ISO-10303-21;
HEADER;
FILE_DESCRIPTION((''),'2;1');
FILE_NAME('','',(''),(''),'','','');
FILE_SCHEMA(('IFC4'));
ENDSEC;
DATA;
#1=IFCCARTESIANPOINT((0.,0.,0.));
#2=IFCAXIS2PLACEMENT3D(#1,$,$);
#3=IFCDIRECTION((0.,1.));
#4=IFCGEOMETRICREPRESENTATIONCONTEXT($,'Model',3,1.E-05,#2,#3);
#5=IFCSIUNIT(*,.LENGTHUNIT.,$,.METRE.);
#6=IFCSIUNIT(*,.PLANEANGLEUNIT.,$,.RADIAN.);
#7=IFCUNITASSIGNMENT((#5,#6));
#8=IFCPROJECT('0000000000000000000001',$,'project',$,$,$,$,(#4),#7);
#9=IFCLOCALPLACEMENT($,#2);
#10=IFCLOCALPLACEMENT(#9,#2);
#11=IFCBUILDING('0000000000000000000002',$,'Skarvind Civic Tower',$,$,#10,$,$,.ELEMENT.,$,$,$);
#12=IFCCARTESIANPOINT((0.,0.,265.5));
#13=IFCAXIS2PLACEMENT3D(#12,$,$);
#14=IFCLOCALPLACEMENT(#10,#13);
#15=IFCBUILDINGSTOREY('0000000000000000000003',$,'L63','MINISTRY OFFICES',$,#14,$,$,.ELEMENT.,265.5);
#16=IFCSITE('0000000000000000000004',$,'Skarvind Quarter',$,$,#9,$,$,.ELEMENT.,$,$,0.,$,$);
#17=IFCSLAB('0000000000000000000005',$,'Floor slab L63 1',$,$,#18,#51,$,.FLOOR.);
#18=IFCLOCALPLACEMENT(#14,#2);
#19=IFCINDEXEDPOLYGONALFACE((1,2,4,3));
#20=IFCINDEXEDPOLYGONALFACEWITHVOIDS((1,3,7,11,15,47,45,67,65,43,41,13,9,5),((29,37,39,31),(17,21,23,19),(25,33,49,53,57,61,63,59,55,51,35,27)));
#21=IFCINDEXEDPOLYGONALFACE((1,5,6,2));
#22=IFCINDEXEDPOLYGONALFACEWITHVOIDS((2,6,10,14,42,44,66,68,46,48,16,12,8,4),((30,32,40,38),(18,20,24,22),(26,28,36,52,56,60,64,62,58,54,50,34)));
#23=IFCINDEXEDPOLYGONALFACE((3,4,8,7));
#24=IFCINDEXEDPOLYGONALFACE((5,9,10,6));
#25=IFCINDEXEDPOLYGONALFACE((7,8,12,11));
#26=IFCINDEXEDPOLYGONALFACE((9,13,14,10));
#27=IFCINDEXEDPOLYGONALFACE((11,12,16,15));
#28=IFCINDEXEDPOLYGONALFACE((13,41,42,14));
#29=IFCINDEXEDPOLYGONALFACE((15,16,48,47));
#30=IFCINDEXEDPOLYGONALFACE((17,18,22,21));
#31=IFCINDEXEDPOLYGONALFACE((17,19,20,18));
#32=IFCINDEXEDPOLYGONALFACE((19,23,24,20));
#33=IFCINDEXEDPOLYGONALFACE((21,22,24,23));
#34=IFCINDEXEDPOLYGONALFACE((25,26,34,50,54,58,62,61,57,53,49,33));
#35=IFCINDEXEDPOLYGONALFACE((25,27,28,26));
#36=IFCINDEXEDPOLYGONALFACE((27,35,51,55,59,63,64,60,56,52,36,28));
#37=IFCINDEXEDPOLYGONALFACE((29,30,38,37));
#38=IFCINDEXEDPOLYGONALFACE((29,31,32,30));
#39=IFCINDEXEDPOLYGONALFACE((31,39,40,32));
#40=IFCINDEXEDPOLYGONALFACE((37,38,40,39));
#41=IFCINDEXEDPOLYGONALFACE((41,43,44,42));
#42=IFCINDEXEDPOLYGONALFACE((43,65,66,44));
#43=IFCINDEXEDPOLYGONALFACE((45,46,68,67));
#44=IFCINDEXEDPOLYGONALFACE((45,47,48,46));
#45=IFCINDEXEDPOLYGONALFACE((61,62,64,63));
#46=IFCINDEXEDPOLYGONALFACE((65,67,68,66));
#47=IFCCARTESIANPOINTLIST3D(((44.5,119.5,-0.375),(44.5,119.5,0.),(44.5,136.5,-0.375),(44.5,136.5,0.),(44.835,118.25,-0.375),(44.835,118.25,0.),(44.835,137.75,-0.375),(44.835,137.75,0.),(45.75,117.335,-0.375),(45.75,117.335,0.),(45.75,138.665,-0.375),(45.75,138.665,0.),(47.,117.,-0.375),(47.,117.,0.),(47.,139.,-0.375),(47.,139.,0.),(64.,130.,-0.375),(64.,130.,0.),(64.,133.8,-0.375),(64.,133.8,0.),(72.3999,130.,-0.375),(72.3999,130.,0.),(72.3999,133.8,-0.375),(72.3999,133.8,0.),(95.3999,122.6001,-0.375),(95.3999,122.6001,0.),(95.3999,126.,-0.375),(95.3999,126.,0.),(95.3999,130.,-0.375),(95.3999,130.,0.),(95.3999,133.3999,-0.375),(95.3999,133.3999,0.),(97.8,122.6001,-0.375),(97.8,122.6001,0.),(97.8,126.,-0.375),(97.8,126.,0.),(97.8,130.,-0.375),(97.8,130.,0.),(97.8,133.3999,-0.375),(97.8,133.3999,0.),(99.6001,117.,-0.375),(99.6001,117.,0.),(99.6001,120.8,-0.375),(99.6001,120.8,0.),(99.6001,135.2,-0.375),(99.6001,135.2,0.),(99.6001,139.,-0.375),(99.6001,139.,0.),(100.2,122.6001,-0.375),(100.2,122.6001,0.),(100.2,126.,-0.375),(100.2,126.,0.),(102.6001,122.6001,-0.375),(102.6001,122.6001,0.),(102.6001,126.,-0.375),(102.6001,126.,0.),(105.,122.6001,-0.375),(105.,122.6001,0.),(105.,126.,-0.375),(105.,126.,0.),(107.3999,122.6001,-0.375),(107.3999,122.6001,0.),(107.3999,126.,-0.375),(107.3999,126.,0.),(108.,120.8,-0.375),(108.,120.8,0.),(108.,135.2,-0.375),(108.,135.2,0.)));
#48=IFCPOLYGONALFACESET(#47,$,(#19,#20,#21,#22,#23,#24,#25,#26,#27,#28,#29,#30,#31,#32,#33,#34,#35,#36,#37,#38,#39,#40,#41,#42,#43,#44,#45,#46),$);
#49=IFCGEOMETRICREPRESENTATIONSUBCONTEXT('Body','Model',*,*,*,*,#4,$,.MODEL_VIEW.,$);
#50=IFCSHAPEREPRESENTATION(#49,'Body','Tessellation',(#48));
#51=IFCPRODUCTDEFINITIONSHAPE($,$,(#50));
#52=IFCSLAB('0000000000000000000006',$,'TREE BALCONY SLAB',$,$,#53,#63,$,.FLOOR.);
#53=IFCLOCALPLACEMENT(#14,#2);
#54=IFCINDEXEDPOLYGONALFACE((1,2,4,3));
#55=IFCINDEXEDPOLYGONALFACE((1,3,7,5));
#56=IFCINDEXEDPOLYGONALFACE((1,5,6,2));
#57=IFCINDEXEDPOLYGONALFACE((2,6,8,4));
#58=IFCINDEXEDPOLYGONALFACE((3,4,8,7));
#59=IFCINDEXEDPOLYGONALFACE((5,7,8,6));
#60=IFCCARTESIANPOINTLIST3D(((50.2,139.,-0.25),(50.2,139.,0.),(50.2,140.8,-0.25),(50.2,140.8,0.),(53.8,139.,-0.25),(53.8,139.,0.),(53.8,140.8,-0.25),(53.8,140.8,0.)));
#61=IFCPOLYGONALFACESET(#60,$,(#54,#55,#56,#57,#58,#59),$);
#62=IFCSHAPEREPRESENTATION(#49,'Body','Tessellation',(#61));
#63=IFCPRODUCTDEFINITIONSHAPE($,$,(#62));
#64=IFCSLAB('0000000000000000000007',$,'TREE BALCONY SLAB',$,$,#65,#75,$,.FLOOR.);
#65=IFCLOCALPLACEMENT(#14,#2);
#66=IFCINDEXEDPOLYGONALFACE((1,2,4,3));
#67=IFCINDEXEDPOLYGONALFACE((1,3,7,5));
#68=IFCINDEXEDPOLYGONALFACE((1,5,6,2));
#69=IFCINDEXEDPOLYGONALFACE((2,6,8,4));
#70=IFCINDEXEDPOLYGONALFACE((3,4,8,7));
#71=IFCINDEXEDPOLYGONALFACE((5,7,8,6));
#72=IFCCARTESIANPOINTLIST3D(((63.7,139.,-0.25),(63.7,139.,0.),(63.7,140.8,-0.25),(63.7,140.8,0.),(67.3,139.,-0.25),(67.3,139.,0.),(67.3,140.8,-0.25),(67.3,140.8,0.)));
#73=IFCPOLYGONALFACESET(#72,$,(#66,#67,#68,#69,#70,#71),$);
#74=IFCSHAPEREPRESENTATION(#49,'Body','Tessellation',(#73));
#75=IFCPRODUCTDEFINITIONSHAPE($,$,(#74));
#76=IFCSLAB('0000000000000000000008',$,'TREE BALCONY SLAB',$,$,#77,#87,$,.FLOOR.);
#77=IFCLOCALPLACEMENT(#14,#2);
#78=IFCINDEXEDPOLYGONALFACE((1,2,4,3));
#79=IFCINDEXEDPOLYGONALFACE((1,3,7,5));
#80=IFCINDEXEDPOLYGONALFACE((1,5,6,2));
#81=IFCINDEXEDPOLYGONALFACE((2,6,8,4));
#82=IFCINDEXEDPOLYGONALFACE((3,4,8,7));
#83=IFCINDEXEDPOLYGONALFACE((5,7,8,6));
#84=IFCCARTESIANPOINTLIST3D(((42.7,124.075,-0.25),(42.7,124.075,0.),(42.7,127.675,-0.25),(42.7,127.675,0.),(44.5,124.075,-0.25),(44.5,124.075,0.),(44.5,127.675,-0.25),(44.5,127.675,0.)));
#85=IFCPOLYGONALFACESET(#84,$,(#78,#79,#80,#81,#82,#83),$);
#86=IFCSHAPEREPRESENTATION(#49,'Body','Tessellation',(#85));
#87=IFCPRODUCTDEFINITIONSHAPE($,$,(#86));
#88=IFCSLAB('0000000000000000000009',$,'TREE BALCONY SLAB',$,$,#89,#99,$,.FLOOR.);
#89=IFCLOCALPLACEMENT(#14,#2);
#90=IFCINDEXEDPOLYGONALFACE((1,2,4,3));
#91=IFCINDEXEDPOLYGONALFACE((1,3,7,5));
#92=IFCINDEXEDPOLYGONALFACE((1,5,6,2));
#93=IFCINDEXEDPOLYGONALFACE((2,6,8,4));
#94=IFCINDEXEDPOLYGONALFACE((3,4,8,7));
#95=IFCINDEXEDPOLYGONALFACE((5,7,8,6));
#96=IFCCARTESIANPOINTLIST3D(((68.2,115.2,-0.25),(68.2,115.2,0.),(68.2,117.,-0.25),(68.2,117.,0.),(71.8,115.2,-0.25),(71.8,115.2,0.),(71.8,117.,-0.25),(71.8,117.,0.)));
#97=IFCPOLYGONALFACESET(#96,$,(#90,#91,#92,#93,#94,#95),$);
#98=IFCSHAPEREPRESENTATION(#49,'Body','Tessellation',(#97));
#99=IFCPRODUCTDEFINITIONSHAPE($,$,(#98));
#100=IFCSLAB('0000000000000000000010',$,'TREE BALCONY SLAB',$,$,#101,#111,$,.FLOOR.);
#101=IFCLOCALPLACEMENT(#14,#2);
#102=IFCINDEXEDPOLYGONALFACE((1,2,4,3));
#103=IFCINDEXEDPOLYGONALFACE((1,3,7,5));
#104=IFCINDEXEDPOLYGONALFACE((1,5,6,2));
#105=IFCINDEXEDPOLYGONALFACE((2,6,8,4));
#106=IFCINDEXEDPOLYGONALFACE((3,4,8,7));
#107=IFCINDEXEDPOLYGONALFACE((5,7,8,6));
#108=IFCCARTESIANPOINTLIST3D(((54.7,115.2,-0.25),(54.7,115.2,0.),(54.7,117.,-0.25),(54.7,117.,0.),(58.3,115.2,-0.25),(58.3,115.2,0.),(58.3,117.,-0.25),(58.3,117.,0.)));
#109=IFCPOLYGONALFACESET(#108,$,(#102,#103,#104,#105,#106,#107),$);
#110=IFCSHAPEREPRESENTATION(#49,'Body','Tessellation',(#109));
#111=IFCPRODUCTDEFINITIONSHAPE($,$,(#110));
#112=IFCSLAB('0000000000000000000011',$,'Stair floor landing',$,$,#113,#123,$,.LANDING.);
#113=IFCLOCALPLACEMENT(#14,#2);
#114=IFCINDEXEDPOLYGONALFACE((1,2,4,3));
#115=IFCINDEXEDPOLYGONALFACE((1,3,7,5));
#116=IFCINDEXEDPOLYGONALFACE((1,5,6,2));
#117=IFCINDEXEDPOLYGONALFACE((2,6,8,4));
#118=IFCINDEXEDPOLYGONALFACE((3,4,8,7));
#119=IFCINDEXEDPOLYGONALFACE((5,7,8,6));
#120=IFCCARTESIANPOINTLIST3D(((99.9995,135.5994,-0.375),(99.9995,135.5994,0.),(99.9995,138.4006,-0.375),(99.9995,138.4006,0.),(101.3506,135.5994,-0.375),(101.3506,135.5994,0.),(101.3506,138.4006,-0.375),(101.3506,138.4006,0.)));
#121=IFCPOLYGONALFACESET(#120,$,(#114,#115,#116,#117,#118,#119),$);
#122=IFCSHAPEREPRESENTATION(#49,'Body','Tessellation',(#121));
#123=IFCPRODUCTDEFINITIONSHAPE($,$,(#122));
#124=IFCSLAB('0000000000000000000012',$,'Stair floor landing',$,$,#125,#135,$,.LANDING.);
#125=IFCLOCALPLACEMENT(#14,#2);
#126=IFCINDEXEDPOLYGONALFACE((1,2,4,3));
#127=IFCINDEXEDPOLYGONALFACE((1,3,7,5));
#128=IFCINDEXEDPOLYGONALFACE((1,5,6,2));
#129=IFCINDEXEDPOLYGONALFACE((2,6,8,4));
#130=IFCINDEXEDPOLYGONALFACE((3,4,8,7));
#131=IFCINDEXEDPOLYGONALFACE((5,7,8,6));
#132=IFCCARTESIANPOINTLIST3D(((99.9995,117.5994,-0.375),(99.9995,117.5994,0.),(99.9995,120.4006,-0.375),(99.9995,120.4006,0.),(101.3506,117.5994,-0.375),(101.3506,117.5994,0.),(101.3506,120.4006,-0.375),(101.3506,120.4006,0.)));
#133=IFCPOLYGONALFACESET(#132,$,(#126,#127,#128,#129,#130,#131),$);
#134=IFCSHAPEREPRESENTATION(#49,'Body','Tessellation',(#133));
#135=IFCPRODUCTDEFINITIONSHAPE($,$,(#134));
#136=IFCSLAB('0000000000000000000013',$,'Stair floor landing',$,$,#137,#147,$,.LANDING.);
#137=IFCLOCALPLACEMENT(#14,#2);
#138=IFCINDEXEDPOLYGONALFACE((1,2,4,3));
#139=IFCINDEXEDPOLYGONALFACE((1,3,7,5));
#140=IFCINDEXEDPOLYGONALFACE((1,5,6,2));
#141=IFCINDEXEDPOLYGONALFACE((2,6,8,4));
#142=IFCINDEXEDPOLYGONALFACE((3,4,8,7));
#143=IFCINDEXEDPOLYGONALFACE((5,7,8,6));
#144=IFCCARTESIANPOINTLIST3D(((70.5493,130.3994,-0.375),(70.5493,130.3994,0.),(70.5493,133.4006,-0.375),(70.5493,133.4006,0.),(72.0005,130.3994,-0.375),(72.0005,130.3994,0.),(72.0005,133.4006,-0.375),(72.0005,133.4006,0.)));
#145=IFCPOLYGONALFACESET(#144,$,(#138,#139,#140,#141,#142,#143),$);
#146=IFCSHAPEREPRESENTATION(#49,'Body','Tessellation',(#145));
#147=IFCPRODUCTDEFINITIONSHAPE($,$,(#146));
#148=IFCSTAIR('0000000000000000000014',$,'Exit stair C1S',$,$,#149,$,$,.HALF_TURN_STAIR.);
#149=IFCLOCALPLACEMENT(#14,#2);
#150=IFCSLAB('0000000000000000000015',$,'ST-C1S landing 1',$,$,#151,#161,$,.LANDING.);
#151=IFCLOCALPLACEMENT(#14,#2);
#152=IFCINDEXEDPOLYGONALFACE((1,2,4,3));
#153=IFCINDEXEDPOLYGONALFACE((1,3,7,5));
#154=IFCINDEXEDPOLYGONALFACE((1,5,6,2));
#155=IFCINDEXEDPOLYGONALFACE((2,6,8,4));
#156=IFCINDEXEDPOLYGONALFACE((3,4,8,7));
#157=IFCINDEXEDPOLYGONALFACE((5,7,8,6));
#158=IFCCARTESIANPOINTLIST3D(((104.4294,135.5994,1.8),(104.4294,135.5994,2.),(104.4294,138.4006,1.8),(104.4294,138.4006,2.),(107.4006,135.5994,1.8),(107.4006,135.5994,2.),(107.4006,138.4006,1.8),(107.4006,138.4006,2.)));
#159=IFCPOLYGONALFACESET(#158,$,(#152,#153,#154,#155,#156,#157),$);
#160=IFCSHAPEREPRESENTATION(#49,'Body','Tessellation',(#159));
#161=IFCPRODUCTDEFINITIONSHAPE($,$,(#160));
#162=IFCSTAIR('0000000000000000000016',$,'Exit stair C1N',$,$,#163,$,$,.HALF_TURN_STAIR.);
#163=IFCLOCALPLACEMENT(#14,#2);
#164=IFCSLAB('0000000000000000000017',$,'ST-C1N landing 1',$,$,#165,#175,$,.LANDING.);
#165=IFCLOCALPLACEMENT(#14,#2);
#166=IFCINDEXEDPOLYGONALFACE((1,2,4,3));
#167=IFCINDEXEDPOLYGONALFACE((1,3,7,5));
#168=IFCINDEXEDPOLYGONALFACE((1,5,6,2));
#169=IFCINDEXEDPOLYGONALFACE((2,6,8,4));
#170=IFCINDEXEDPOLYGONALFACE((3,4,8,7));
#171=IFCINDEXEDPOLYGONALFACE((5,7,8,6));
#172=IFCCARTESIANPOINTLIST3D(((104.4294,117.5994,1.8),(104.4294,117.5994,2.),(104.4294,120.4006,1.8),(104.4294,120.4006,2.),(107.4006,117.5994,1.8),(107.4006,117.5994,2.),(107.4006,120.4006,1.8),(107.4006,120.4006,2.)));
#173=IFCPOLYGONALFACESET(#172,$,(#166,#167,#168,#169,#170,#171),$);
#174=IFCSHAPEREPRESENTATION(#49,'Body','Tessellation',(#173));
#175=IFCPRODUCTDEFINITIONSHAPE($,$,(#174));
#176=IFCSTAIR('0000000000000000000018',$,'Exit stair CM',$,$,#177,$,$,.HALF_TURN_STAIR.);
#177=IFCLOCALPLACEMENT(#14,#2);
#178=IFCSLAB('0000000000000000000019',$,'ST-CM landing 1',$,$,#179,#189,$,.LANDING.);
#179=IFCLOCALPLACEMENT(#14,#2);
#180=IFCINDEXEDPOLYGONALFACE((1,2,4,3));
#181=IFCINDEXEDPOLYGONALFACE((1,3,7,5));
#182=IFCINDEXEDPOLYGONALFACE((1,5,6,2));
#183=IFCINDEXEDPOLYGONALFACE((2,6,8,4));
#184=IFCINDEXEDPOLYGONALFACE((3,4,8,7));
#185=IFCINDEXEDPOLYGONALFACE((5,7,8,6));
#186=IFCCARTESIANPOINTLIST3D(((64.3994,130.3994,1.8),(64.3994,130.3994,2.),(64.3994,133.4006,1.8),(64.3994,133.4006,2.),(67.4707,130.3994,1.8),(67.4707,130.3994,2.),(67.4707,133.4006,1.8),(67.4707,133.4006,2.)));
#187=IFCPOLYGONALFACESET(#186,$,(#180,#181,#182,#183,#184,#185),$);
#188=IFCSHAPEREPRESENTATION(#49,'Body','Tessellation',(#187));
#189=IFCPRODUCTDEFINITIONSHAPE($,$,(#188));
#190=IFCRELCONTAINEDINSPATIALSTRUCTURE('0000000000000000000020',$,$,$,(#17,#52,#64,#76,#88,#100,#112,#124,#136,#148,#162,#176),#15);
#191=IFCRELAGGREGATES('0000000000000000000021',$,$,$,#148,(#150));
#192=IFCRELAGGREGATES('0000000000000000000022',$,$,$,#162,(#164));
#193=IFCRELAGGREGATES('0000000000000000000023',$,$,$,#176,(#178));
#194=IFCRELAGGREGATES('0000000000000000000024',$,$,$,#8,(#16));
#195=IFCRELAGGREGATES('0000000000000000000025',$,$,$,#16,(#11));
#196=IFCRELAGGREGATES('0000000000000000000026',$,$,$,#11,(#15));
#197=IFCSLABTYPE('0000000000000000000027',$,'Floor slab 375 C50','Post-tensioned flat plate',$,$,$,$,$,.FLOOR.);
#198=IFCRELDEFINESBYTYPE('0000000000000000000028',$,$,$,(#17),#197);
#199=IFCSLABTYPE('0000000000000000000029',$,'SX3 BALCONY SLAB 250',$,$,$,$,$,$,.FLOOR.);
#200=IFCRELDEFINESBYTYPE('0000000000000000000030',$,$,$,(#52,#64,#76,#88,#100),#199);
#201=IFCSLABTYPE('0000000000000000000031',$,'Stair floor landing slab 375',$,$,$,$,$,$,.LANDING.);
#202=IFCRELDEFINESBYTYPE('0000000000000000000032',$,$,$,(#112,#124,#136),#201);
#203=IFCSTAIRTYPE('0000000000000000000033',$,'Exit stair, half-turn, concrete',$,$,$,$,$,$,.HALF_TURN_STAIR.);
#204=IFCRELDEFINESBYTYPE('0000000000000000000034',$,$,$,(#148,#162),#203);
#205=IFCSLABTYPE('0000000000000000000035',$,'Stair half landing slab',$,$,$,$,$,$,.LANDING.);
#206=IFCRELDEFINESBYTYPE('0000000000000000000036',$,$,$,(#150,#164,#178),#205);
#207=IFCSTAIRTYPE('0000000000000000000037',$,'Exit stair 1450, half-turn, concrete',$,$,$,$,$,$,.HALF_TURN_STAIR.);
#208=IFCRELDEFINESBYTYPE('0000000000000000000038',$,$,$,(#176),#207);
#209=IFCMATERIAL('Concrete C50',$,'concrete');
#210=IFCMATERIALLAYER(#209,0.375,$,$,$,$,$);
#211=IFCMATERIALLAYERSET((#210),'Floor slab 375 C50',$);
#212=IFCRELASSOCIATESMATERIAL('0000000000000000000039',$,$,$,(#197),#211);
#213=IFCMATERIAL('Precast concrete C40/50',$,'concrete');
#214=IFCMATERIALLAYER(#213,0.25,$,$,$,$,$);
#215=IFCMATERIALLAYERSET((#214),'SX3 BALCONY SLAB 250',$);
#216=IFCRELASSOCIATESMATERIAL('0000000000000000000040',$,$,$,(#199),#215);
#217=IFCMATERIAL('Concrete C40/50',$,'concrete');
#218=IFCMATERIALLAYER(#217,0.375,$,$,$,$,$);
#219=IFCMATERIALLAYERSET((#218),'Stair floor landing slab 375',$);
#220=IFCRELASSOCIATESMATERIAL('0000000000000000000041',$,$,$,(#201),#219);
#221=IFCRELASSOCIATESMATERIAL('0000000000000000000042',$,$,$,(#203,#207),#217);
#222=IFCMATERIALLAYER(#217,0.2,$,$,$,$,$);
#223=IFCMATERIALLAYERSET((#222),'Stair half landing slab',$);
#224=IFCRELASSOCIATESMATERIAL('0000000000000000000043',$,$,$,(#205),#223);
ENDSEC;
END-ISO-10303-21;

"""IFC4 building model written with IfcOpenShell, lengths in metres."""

from ifc_helpers import new_model, si_unit, direction, frame, origin, place, context, subcontext, project, spatial, polyline, outline, extrude, material, layer, layer_set, type_object, element, aggregate, save


model = new_model("IFC4")

# Units and contexts
model_context = context("Model", 3, precision=1e-05, world=origin(), true_north=direction((0.0, 1.0)))
body_context = subcontext(model_context, "Body", "Model", "MODEL_VIEW")
ifc_project = project(units=[si_unit("LENGTHUNIT", "METRE"), si_unit("PLANEANGLEUNIT", "RADIAN")], contexts=[model_context])

# Site, building, storey
site_placement = place(None, origin())
site = spatial("IfcSite", under=ifc_project, at=site_placement, Name="Skarvind Quarter", CompositionType="ELEMENT", RefElevation=0.0)
building_placement = place(site_placement, origin())
building = spatial("IfcBuilding", under=site, at=building_placement, Name="Skarvind Civic Tower", CompositionType="ELEMENT")
storey_placement = place(building_placement, frame((0.0, 0.0, 265.5)))
storey = spatial("IfcBuildingStorey", under=building, at=storey_placement, Name="L63", Description="MINISTRY OFFICES", CompositionType="ELEMENT", Elevation=265.5)

# Slabs
ifc_material_1 = material(Name="Concrete C50", Category="concrete")
ifc_layer_1 = layer(ifc_material_1, 0.375)
ifc_layer_set_1 = layer_set([ifc_layer_1], Name="Floor slab 375 C50")
slab_type_1 = type_object("IfcSlabType", Name="Floor slab 375 C50", Description="Post-tensioned flat plate", PredefinedType="FLOOR", material=ifc_layer_set_1)
slab_1_placement = place(storey_placement, frame((0.0, 0.0, -0.375)))
element("IfcSlab", 1, at=slab_1_placement, inside=storey, type_object=slab_type_1, Name="Floor slab L63 1", PredefinedType="FLOOR", context=body_context, shape_type="SweptSolid", body=[
    extrude(outline(polyline([(99.6001, 117.0), (99.6001, 120.8), (108.0, 120.8), (108.0, 135.2), (99.6001, 135.2), (99.6001, 139.0), (47.0, 139.0), (45.75, 138.665), (44.835, 137.75), (44.5, 136.5), (44.5, 119.5), (44.835, 118.25), (45.75, 117.335), (47.0, 117.0), (99.6001, 117.0)]), holes=[polyline([(95.3999, 126.0), (97.8, 126.0), (100.2, 126.0), (102.6001, 126.0), (105.0, 126.0), (107.3999, 126.0), (107.3999, 122.6001), (105.0, 122.6001), (102.6001, 122.6001), (100.2, 122.6001), (97.8, 122.6001), (95.3999, 122.6001), (95.3999, 126.0)]), polyline([(95.3999, 133.3999), (97.8, 133.3999), (97.8, 130.0), (95.3999, 130.0), (95.3999, 133.3999)]), polyline([(64.0, 130.0), (64.0, 133.8), (72.3999, 133.8), (72.3999, 130.0), (64.0, 130.0)])]), origin(), (0.0, 0.0, 1.0), 0.375),
])
ifc_material_2 = material(Name="Precast concrete C40/50", Category="concrete")
ifc_layer_2 = layer(ifc_material_2, 0.25)
ifc_layer_set_2 = layer_set([ifc_layer_2], Name="SX3 BALCONY SLAB 250")
slab_type_2 = type_object("IfcSlabType", Name="SX3 BALCONY SLAB 250", PredefinedType="FLOOR", material=ifc_layer_set_2)
slab_2_placement = place(storey_placement, frame((0.0, 0.0, -0.25)))
element("IfcSlab", 2, at=slab_2_placement, inside=storey, type_object=slab_type_2, Name="TREE BALCONY SLAB", PredefinedType="FLOOR", context=body_context, shape_type="SweptSolid", body=[
    extrude(outline(polyline([(50.2, 139.0), (53.8, 139.0), (53.8, 140.8), (50.2, 140.8), (50.2, 139.0)])), origin(), (0.0, 0.0, 1.0), 0.25),
])
slab_3_placement = place(storey_placement, frame((0.0, 0.0, -0.25)))
element("IfcSlab", 3, at=slab_3_placement, inside=storey, type_object=slab_type_2, Name="TREE BALCONY SLAB", PredefinedType="FLOOR", context=body_context, shape_type="SweptSolid", body=[
    extrude(outline(polyline([(63.7, 139.0), (67.3, 139.0), (67.3, 140.8), (63.7, 140.8), (63.7, 139.0)])), origin(), (0.0, 0.0, 1.0), 0.25),
])
slab_4_placement = place(storey_placement, frame((0.0, 0.0, -0.25)))
element("IfcSlab", 4, at=slab_4_placement, inside=storey, type_object=slab_type_2, Name="TREE BALCONY SLAB", PredefinedType="FLOOR", context=body_context, shape_type="SweptSolid", body=[
    extrude(outline(polyline([(44.5, 124.075), (44.5, 127.675), (42.7, 127.675), (42.7, 124.075), (44.5, 124.075)])), origin(), (0.0, 0.0, 1.0), 0.25),
])
slab_5_placement = place(storey_placement, frame((0.0, 0.0, -0.25)))
element("IfcSlab", 5, at=slab_5_placement, inside=storey, type_object=slab_type_2, Name="TREE BALCONY SLAB", PredefinedType="FLOOR", context=body_context, shape_type="SweptSolid", body=[
    extrude(outline(polyline([(71.8, 117.0), (68.2, 117.0), (68.2, 115.2), (71.8, 115.2), (71.8, 117.0)])), origin(), (0.0, 0.0, 1.0), 0.25),
])
slab_6_placement = place(storey_placement, frame((0.0, 0.0, -0.25)))
element("IfcSlab", 6, at=slab_6_placement, inside=storey, type_object=slab_type_2, Name="TREE BALCONY SLAB", PredefinedType="FLOOR", context=body_context, shape_type="SweptSolid", body=[
    extrude(outline(polyline([(58.3, 117.0), (54.7, 117.0), (54.7, 115.2), (58.3, 115.2), (58.3, 117.0)])), origin(), (0.0, 0.0, 1.0), 0.25),
])
ifc_material_3 = material(Name="Concrete C40/50", Category="concrete")
ifc_layer_3 = layer(ifc_material_3, 0.375)
ifc_layer_set_3 = layer_set([ifc_layer_3], Name="Stair floor landing slab 375")
slab_type_3 = type_object("IfcSlabType", Name="Stair floor landing slab 375", PredefinedType="LANDING", material=ifc_layer_set_3)
slab_7_placement = place(storey_placement, frame((0.0, 0.0, -0.375)))
element("IfcSlab", 7, at=slab_7_placement, inside=storey, type_object=slab_type_3, Name="Stair floor landing", PredefinedType="LANDING", context=body_context, shape_type="SweptSolid", body=[
    extrude(outline(polyline([(101.3506, 138.4006), (101.3506, 135.5994), (99.9995, 135.5994), (99.9995, 138.4006), (101.3506, 138.4006)])), origin(), (0.0, 0.0, 1.0), 0.375),
])
slab_8_placement = place(storey_placement, frame((0.0, 0.0, -0.375)))
element("IfcSlab", 8, at=slab_8_placement, inside=storey, type_object=slab_type_3, Name="Stair floor landing", PredefinedType="LANDING", context=body_context, shape_type="SweptSolid", body=[
    extrude(outline(polyline([(101.3506, 120.4006), (101.3506, 117.5994), (99.9995, 117.5994), (99.9995, 120.4006), (101.3506, 120.4006)])), origin(), (0.0, 0.0, 1.0), 0.375),
])
slab_9_placement = place(storey_placement, frame((0.0, 0.0, -0.375)))
element("IfcSlab", 9, at=slab_9_placement, inside=storey, type_object=slab_type_3, Name="Stair floor landing", PredefinedType="LANDING", context=body_context, shape_type="SweptSolid", body=[
    extrude(outline(polyline([(70.5493, 130.3994), (70.5493, 133.4006), (72.0005, 133.4006), (72.0005, 130.3994), (70.5493, 130.3994)])), origin(), (0.0, 0.0, 1.0), 0.375),
])

# Stairs, slabs
stair_type_1 = type_object("IfcStairType", Name="Exit stair, half-turn, concrete", PredefinedType="HALF_TURN_STAIR", material=ifc_material_3)
stair_1_placement = place(storey_placement, origin())
stair_1 = element("IfcStair", 10, at=stair_1_placement, inside=storey, type_object=stair_type_1, Name="Exit stair C1S", PredefinedType="HALF_TURN_STAIR")
ifc_layer_4 = layer(ifc_material_3, 0.2)
ifc_layer_set_4 = layer_set([ifc_layer_4], Name="Stair half landing slab")
slab_type_4 = type_object("IfcSlabType", Name="Stair half landing slab", PredefinedType="LANDING", material=ifc_layer_set_4)
slab_10_placement = place(storey_placement, frame((0.0, 0.0, 1.8)))
slab_10 = element("IfcSlab", 11, at=slab_10_placement, type_object=slab_type_4, Name="ST-C1S landing 1", PredefinedType="LANDING", context=body_context, shape_type="SweptSolid", body=[
    extrude(outline(polyline([(104.4294, 135.5994), (104.4294, 138.4006), (107.4006, 138.4006), (107.4006, 135.5994), (104.4294, 135.5994)])), origin(), (0.0, 0.0, 1.0), 0.2),
])
aggregate(stair_1, [slab_10])
stair_2_placement = place(storey_placement, origin())
stair_2 = element("IfcStair", 12, at=stair_2_placement, inside=storey, type_object=stair_type_1, Name="Exit stair C1N", PredefinedType="HALF_TURN_STAIR")
slab_11_placement = place(storey_placement, frame((0.0, 0.0, 1.8)))
slab_11 = element("IfcSlab", 13, at=slab_11_placement, type_object=slab_type_4, Name="ST-C1N landing 1", PredefinedType="LANDING", context=body_context, shape_type="SweptSolid", body=[
    extrude(outline(polyline([(104.4294, 117.5994), (104.4294, 120.4006), (107.4006, 120.4006), (107.4006, 117.5994), (104.4294, 117.5994)])), origin(), (0.0, 0.0, 1.0), 0.2),
])
aggregate(stair_2, [slab_11])
stair_type_2 = type_object("IfcStairType", Name="Exit stair 1450, half-turn, concrete", PredefinedType="HALF_TURN_STAIR", material=ifc_material_3)
stair_3_placement = place(storey_placement, origin())
stair_3 = element("IfcStair", 14, at=stair_3_placement, inside=storey, type_object=stair_type_2, Name="Exit stair CM", PredefinedType="HALF_TURN_STAIR")
slab_12_placement = place(storey_placement, frame((0.0, 0.0, 1.8)))
slab_12 = element("IfcSlab", 15, at=slab_12_placement, type_object=slab_type_4, Name="ST-CM landing 1", PredefinedType="LANDING", context=body_context, shape_type="SweptSolid", body=[
    extrude(outline(polyline([(67.4707, 133.4006), (67.4707, 130.3994), (64.3994, 130.3994), (64.3994, 133.4006), (67.4707, 133.4006)])), origin(), (0.0, 0.0, 1.0), 0.2),
])
aggregate(stair_3, [slab_12])

save(model, "model.ifc")
